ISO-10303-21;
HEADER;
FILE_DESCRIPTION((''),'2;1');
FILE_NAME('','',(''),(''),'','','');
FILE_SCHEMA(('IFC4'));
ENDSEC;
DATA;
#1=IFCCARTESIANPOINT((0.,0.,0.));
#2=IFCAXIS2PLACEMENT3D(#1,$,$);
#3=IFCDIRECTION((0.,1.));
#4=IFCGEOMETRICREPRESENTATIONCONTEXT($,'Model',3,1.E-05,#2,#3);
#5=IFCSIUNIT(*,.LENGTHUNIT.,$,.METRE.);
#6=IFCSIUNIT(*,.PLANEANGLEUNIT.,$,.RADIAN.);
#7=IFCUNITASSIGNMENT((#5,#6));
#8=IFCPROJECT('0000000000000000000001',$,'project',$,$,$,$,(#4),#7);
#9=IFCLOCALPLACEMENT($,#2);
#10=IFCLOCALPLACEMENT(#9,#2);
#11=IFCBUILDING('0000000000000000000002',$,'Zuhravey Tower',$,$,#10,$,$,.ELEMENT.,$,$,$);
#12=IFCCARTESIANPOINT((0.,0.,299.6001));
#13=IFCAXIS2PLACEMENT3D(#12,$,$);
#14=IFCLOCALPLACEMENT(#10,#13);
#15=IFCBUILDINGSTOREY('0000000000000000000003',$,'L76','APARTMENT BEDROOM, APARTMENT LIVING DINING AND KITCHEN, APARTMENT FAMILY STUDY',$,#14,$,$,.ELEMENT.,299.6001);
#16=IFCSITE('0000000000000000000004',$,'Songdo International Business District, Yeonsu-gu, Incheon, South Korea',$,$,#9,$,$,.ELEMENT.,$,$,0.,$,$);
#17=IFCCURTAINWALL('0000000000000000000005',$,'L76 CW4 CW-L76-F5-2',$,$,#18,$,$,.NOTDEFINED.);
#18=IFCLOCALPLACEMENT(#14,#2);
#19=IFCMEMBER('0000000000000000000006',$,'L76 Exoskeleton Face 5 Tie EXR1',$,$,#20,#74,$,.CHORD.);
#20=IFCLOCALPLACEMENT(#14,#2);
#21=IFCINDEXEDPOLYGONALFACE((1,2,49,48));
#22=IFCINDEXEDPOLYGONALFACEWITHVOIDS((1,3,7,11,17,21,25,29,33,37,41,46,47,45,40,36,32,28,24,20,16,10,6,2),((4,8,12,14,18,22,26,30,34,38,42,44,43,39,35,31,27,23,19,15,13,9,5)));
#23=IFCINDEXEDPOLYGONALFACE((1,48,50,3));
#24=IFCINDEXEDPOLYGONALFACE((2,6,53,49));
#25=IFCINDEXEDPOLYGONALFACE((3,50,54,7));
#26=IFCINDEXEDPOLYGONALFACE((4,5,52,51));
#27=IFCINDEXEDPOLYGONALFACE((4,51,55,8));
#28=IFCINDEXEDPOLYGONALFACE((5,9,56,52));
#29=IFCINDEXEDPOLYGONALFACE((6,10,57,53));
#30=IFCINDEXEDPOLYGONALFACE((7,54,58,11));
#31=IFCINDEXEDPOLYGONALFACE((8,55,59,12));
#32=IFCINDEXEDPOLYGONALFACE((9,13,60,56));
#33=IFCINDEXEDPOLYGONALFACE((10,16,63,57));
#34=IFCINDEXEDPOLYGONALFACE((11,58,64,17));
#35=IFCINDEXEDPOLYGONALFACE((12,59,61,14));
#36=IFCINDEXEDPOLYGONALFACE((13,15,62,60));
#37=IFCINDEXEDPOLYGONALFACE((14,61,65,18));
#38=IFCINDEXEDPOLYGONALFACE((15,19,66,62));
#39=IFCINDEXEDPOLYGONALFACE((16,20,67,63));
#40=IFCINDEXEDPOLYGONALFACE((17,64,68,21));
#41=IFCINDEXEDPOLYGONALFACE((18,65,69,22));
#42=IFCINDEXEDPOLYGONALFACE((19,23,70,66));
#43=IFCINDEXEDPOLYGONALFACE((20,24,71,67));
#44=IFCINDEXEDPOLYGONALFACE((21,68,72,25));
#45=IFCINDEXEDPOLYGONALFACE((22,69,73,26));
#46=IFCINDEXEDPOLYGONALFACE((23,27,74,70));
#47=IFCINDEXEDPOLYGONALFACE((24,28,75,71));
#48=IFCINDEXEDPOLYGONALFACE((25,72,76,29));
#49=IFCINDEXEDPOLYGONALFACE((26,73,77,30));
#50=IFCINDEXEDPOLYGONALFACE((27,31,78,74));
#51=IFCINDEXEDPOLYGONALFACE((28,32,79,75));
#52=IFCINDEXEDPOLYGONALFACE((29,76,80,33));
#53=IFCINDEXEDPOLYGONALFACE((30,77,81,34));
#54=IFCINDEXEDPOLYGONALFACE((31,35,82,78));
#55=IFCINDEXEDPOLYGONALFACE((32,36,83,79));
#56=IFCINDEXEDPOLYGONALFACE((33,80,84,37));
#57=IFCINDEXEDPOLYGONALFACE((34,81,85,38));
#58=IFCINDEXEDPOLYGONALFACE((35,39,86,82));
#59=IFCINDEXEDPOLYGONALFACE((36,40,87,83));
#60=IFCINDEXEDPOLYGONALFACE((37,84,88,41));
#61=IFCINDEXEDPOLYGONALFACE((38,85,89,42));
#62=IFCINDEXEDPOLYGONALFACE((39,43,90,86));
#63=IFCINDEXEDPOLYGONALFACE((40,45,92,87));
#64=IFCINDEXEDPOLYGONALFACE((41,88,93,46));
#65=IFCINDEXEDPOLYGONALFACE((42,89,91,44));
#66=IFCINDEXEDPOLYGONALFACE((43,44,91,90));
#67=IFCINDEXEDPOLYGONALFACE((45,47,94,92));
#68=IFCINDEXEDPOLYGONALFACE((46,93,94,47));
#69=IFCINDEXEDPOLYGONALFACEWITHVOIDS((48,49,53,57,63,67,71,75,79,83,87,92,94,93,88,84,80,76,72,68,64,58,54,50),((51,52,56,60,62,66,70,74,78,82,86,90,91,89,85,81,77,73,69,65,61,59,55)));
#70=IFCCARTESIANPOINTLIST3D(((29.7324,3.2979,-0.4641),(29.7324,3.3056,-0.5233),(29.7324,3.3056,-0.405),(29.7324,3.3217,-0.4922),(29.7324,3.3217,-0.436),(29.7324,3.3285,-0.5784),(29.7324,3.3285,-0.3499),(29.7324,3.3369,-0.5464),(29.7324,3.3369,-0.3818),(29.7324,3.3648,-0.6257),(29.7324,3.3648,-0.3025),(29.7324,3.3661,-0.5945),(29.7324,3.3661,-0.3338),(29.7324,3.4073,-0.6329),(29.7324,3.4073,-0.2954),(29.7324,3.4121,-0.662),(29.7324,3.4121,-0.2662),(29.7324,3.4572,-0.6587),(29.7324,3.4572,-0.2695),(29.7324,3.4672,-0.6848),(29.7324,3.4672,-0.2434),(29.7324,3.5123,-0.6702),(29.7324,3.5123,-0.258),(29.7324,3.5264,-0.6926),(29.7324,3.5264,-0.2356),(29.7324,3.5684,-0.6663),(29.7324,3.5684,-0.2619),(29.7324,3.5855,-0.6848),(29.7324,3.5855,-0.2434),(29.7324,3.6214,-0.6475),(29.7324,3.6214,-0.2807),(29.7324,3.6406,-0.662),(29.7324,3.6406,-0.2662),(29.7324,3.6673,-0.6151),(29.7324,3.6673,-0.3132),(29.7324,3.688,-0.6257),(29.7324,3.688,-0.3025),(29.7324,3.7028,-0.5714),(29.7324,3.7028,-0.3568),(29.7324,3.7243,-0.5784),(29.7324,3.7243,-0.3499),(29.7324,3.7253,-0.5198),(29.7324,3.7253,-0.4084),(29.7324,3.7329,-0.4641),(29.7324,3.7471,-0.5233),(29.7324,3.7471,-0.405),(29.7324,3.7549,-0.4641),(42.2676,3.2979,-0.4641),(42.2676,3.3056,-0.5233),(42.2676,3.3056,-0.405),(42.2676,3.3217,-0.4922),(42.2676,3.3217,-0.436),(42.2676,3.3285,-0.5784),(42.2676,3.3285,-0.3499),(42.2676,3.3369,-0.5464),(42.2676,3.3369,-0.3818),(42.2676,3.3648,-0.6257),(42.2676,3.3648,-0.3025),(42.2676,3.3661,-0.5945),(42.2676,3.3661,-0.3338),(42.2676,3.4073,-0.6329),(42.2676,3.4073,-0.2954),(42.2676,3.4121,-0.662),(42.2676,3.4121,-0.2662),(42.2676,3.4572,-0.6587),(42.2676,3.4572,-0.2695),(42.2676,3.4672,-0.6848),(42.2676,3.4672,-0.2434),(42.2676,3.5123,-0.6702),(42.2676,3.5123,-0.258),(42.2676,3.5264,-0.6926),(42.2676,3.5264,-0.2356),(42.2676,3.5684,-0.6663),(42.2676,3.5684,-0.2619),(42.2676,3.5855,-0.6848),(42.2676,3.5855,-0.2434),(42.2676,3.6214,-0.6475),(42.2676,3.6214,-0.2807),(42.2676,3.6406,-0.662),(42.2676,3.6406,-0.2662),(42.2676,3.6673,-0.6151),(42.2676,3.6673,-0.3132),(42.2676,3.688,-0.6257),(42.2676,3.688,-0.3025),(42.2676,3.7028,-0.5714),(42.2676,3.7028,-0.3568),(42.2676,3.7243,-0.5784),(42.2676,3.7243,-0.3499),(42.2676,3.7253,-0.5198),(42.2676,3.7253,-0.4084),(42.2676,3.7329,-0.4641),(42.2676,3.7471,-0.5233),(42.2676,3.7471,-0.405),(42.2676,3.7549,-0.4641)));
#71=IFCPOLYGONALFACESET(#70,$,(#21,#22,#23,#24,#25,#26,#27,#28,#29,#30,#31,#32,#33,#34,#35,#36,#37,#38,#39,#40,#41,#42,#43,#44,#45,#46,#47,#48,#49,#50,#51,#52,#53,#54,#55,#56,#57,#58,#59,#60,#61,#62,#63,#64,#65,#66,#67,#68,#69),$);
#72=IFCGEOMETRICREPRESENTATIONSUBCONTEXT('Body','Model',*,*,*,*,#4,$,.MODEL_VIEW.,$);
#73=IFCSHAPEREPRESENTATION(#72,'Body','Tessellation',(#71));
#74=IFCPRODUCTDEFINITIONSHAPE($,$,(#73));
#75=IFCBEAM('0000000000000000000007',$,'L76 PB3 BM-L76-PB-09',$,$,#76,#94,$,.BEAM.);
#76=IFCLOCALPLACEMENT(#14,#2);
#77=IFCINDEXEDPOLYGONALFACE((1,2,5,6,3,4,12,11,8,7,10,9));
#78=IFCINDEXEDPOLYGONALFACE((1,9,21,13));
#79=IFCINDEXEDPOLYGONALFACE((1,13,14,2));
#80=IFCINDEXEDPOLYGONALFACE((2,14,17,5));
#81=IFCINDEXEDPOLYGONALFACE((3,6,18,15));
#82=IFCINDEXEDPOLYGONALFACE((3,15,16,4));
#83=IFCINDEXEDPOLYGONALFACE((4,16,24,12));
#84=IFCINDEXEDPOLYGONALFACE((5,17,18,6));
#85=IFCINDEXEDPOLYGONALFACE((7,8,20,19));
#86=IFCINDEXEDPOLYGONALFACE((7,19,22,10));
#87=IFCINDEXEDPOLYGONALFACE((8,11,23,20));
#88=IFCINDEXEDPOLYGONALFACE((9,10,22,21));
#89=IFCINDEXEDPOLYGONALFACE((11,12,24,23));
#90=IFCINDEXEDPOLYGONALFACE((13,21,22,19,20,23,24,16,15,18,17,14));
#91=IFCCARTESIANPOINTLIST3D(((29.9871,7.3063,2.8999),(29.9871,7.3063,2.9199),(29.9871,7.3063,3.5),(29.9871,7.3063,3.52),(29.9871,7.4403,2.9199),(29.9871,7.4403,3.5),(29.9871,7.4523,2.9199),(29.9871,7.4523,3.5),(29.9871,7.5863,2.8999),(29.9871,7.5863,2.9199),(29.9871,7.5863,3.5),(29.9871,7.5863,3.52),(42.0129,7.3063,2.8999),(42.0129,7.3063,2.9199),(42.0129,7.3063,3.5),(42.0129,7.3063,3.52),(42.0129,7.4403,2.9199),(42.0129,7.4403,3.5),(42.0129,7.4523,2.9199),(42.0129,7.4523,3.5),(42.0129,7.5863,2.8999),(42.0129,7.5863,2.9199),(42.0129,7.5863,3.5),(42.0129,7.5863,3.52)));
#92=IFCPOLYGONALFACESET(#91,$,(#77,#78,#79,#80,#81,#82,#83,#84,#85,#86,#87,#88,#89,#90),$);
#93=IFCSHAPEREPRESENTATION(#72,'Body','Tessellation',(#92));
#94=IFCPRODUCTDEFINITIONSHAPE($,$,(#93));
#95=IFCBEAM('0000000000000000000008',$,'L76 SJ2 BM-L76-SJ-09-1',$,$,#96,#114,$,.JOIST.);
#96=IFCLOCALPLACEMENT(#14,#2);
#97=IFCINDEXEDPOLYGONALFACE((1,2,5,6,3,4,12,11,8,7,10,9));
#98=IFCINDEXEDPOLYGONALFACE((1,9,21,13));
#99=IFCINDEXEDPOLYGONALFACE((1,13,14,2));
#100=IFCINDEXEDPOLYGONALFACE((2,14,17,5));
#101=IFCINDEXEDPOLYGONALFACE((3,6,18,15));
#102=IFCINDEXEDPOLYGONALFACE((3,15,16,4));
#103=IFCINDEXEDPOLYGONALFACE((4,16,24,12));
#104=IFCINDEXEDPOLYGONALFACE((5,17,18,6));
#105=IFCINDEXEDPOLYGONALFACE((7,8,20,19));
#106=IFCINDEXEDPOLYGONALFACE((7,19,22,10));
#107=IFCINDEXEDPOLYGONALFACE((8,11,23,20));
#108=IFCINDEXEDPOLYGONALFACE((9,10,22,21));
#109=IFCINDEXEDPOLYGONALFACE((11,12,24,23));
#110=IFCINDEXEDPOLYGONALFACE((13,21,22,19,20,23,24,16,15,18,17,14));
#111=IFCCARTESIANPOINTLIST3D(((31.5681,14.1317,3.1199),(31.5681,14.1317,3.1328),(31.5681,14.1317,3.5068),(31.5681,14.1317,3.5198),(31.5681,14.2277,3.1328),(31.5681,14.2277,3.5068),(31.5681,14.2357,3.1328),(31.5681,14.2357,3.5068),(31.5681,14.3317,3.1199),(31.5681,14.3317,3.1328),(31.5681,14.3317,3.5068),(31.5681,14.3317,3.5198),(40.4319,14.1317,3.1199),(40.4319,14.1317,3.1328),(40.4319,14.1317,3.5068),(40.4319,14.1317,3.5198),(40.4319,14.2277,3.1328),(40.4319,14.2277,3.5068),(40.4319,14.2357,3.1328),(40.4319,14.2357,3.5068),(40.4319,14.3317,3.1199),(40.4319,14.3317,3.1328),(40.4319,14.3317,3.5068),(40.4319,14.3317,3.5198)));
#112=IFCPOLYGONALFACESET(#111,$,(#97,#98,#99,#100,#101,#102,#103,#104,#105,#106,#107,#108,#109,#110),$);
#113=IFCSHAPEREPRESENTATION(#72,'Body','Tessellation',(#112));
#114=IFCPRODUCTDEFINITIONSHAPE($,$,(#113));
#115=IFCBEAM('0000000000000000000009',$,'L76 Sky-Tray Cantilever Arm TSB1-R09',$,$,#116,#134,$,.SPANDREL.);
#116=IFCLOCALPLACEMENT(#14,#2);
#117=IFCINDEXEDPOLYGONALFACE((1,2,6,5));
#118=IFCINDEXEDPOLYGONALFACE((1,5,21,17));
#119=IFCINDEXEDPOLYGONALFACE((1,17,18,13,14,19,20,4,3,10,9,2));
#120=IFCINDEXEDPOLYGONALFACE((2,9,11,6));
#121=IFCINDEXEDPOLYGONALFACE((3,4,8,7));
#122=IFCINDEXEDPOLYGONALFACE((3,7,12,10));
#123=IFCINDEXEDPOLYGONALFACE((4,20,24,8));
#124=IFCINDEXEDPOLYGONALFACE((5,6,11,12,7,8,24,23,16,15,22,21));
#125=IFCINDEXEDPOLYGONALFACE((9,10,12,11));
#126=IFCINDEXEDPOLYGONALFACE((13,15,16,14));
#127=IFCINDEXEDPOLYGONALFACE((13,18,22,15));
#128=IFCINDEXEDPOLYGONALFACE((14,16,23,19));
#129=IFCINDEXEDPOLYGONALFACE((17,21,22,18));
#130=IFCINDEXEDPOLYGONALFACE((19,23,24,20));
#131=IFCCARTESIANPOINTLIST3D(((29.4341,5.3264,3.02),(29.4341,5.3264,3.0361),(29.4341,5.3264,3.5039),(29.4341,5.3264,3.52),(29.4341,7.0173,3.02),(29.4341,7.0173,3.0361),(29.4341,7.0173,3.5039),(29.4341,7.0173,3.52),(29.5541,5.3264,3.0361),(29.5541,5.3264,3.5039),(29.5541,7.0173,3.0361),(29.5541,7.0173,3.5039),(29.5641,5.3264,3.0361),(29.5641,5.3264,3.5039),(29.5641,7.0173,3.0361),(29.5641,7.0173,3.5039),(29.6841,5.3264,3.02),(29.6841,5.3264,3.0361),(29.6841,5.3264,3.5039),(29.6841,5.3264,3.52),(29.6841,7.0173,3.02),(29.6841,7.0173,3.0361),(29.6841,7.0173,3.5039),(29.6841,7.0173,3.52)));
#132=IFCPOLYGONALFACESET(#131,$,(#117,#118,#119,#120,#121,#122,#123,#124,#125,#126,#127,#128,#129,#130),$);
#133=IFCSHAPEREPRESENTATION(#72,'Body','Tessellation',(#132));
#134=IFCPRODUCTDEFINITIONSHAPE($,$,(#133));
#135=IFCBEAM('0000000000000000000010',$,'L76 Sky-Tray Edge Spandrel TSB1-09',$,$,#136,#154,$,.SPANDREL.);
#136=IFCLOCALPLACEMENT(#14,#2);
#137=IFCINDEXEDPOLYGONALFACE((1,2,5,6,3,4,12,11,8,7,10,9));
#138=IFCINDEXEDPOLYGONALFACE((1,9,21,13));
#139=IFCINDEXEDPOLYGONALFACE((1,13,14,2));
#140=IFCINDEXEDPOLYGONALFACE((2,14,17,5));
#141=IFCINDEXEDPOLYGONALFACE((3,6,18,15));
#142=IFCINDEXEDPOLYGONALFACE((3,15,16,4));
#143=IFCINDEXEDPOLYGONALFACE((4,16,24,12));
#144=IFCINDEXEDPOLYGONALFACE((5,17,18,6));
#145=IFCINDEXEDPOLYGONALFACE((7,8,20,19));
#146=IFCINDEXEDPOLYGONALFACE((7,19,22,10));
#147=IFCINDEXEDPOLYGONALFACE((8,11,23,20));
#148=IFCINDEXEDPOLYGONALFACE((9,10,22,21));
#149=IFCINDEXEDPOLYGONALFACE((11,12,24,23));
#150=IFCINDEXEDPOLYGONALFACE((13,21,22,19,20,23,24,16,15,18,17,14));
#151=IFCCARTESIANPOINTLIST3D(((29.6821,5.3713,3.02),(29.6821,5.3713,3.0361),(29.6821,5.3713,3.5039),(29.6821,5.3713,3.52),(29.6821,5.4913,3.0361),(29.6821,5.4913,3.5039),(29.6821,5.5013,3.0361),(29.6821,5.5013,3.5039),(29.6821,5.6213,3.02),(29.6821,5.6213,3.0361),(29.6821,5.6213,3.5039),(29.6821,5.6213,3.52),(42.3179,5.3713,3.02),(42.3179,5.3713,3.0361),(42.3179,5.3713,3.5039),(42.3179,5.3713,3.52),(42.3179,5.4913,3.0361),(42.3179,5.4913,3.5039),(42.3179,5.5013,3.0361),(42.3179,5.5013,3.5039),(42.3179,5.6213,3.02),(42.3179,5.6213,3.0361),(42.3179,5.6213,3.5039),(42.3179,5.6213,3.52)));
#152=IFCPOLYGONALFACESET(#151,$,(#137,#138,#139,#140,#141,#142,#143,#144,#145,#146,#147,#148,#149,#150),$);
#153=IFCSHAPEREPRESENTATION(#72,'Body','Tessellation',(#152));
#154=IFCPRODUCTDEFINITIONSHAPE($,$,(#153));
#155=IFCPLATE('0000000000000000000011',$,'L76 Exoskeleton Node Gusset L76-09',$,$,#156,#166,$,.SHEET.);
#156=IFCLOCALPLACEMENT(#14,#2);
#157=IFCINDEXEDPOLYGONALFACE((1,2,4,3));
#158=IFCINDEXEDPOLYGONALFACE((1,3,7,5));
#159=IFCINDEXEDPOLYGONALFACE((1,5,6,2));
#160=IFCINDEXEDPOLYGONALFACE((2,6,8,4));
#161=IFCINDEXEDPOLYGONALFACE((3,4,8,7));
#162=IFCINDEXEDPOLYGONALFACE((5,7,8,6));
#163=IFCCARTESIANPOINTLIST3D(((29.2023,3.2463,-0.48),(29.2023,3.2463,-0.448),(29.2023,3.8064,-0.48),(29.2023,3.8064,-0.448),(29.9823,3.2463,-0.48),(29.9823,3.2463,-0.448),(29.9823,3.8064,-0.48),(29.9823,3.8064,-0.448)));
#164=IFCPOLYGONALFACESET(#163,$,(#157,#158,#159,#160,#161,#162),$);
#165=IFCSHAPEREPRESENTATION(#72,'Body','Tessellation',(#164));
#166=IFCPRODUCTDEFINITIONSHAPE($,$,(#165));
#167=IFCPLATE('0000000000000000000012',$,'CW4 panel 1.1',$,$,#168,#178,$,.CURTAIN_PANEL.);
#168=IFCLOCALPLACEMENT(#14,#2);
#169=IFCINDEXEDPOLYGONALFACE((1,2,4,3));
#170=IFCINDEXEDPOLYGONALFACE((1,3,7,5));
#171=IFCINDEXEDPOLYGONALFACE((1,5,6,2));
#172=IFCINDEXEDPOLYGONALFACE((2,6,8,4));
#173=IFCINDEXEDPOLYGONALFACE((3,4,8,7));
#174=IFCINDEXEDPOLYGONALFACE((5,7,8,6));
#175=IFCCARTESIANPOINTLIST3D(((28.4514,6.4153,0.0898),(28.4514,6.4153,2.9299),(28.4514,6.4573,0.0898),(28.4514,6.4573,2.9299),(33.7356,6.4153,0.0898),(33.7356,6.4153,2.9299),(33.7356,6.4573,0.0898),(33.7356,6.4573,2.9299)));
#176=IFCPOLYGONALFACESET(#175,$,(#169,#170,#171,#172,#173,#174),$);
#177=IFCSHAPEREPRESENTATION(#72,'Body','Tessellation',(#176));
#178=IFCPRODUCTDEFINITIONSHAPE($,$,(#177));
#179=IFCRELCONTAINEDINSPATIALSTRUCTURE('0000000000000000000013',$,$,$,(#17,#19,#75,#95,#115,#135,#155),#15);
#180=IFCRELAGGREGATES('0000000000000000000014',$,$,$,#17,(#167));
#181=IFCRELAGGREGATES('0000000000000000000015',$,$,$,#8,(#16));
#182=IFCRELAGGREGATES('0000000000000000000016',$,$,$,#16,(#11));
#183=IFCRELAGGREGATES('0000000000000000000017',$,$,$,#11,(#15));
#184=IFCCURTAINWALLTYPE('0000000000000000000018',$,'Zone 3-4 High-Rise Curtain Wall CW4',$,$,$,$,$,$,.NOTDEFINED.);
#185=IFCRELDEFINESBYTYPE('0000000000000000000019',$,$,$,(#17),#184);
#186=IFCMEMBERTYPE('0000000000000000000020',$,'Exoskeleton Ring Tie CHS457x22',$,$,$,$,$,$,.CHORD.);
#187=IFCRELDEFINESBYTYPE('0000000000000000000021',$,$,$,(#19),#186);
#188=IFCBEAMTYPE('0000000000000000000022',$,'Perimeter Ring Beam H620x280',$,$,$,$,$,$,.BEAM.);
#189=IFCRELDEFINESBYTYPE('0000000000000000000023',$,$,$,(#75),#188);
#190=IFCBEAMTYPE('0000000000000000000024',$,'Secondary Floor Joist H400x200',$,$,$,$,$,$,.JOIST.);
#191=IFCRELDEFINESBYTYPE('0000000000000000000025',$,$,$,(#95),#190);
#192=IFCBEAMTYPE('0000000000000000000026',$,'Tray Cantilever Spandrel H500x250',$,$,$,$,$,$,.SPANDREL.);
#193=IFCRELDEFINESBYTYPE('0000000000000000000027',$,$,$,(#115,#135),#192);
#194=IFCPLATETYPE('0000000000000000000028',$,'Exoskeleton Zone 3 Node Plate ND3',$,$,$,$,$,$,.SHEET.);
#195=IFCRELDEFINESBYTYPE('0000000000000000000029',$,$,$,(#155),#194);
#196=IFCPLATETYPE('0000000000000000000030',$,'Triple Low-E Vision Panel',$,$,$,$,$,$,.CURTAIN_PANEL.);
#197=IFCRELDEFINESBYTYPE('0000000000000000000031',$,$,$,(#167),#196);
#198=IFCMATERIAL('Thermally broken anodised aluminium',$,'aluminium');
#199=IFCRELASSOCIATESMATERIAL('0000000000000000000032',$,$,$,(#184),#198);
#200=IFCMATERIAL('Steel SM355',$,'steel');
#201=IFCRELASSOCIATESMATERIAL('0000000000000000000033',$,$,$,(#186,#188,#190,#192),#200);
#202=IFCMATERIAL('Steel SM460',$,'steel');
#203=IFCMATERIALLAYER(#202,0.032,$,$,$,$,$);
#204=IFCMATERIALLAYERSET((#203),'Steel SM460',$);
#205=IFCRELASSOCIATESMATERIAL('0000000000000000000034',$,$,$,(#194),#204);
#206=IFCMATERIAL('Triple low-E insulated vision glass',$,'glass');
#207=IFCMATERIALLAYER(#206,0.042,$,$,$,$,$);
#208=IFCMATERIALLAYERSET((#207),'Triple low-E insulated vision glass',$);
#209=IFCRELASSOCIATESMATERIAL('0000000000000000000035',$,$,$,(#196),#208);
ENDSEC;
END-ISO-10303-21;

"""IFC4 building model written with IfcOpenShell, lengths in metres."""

from ifc_helpers import new_model, si_unit, direction, frame, origin, origin_2d, place, context, subcontext, project, spatial, rectangle, hollow_circle, i_section, extrude, material, layer, layer_set, material_profile, profile_set, type_object, element, aggregate, save


model = new_model("IFC4")

# Units and contexts
model_context = context("Model", 3, precision=1e-05, world=origin(), true_north=direction((0.0, 1.0)))
body_context = subcontext(model_context, "Body", "Model", "MODEL_VIEW")
ifc_project = project(units=[si_unit("LENGTHUNIT", "METRE"), si_unit("PLANEANGLEUNIT", "RADIAN")], contexts=[model_context])

# Site, building, storey
site_placement = place(None, origin())
site = spatial("IfcSite", under=ifc_project, at=site_placement, Name="Songdo International Business District, Yeonsu-gu, Incheon, South Korea", CompositionType="ELEMENT", RefElevation=0.0)
building_placement = place(site_placement, origin())
building = spatial("IfcBuilding", under=site, at=building_placement, Name="Zuhravey Tower", CompositionType="ELEMENT")
storey_placement = place(building_placement, frame((0.0, 0.0, 299.6001)))
storey = spatial("IfcBuildingStorey", under=building, at=storey_placement, Name="L76", Description="APARTMENT BEDROOM, APARTMENT LIVING DINING AND KITCHEN, APARTMENT FAMILY STUDY", CompositionType="ELEMENT", Elevation=299.6001)

# Curtain wall
ifc_material_1 = material(Name="Thermally broken anodised aluminium", Category="aluminium")
curtain_wall_type = type_object("IfcCurtainWallType", Name="Zone 3-4 High-Rise Curtain Wall CW4", PredefinedType="NOTDEFINED", material=ifc_material_1)
curtain_wall_placement = place(storey_placement, origin())
curtain_wall = element("IfcCurtainWall", 1, at=curtain_wall_placement, inside=storey, type_object=curtain_wall_type, Name="L76 CW4 CW-L76-F5-2", PredefinedType="NOTDEFINED")

# Shared definitions
ifc_material_2 = material(Name="Steel SM460", Category="steel")

# Member
ifc_material_3 = material(Name="Steel SM355", Category="steel")
ifc_material_profile_1 = material_profile(ifc_material_3, hollow_circle(Radius=0.2285, WallThickness=0.022, at=origin_2d()), Name="CHS-457.2x22")
ifc_profile_set_1 = profile_set([ifc_material_profile_1], Name="Steel SM355")
member_type_1 = type_object("IfcMemberType", Name="Exoskeleton Ring Tie CHS457x22", PredefinedType="CHORD", material=ifc_profile_set_1)
member_1_placement = place(storey_placement, frame((29.7324, 3.5264, -0.4641), z_axis=(1.0, 0.0, 0.0), x_axis=(0.0, 1.0, 0.0)))
element("IfcMember", 2, at=member_1_placement, inside=storey, type_object=member_type_1, Name="L76 Exoskeleton Face 5 Tie EXR1", PredefinedType="CHORD", context=body_context, shape_type="SweptSolid", body=[
    extrude(hollow_circle(Radius=0.2285, WallThickness=0.022, at=origin_2d()), origin(), (0.0, 0.0, 1.0), 12.5352),
])

# Beams
ifc_material_profile_2 = material_profile(ifc_material_3, i_section(OverallWidth=0.28, OverallDepth=0.6201, WebThickness=0.012, FlangeThickness=0.02, at=origin_2d()), Name="H-620x280x12x20")
ifc_profile_set_2 = profile_set([ifc_material_profile_2], Name="Steel SM355")
beam_type_1 = type_object("IfcBeamType", Name="Perimeter Ring Beam H620x280", PredefinedType="BEAM", material=ifc_profile_set_2)
beam_1_placement = place(storey_placement, frame((29.9871, 7.4463, 3.21), z_axis=(1.0, 0.0, 0.0), x_axis=(0.0, 1.0, 0.0)))
element("IfcBeam", 3, at=beam_1_placement, inside=storey, type_object=beam_type_1, Name="L76 PB3 BM-L76-PB-09", PredefinedType="BEAM", context=body_context, shape_type="SweptSolid", body=[
    extrude(i_section(OverallWidth=0.28, OverallDepth=0.6201, WebThickness=0.012, FlangeThickness=0.02, at=origin_2d()), origin(), (0.0, 0.0, 1.0), 12.0259),
])
ifc_material_profile_3 = material_profile(ifc_material_3, i_section(OverallWidth=0.2, OverallDepth=0.3999, WebThickness=0.0081, FlangeThickness=0.0129, at=origin_2d()), Name="H-400x200x8x13")
ifc_profile_set_3 = profile_set([ifc_material_profile_3], Name="Steel SM355")
beam_type_2 = type_object("IfcBeamType", Name="Secondary Floor Joist H400x200", PredefinedType="JOIST", material=ifc_profile_set_3)
beam_2_placement = place(storey_placement, frame((31.5681, 14.2317, 3.3198), z_axis=(1.0, 0.0, 0.0), x_axis=(0.0, 1.0, 0.0)))
element("IfcBeam", 4, at=beam_2_placement, inside=storey, type_object=beam_type_2, Name="L76 SJ2 BM-L76-SJ-09-1", PredefinedType="JOIST", context=body_context, shape_type="SweptSolid", body=[
    extrude(i_section(OverallWidth=0.2, OverallDepth=0.3999, WebThickness=0.0081, FlangeThickness=0.0129, at=origin_2d()), origin(), (0.0, 0.0, 1.0), 8.8638),
])
ifc_material_profile_4 = material_profile(ifc_material_3, i_section(OverallWidth=0.25, OverallDepth=0.5, WebThickness=0.01, FlangeThickness=0.0161, at=origin_2d()), Name="H-500x250x10x16")
ifc_profile_set_4 = profile_set([ifc_material_profile_4], Name="Steel SM355")
beam_type_3 = type_object("IfcBeamType", Name="Tray Cantilever Spandrel H500x250", PredefinedType="SPANDREL", material=ifc_profile_set_4)
beam_3_placement = place(storey_placement, frame((29.5591, 7.0173, 3.27), z_axis=(0.0, -1.0, 0.0), x_axis=(1.0, 0.0, 0.0)))
element("IfcBeam", 5, at=beam_3_placement, inside=storey, type_object=beam_type_3, Name="L76 Sky-Tray Cantilever Arm TSB1-R09", PredefinedType="SPANDREL", context=body_context, shape_type="SweptSolid", body=[
    extrude(i_section(OverallWidth=0.25, OverallDepth=0.5, WebThickness=0.01, FlangeThickness=0.0161, at=origin_2d()), origin(), (0.0, 0.0, 1.0), 1.6909),
])
beam_4_placement = place(storey_placement, frame((29.6821, 5.4963, 3.27), z_axis=(1.0, 0.0, 0.0), x_axis=(0.0, 1.0, 0.0)))
element("IfcBeam", 6, at=beam_4_placement, inside=storey, type_object=beam_type_3, Name="L76 Sky-Tray Edge Spandrel TSB1-09", PredefinedType="SPANDREL", context=body_context, shape_type="SweptSolid", body=[
    extrude(i_section(OverallWidth=0.25, OverallDepth=0.5, WebThickness=0.01, FlangeThickness=0.0161, at=origin_2d()), origin(), (0.0, 0.0, 1.0), 12.6357),
])

# Plates
ifc_layer_1 = layer(ifc_material_2, 0.032)
ifc_layer_set_1 = layer_set([ifc_layer_1], Name="Steel SM460")
plate_type_1 = type_object("IfcPlateType", Name="Exoskeleton Zone 3 Node Plate ND3", PredefinedType="SHEET", material=ifc_layer_set_1)
plate_1_placement = place(storey_placement, frame((29.5923, 3.5264, -0.48), z_axis=(0.0, 0.0, 1.0), x_axis=(1.0, 0.0, 0.0)))
element("IfcPlate", 7, at=plate_1_placement, inside=storey, type_object=plate_type_1, Name="L76 Exoskeleton Node Gusset L76-09", PredefinedType="SHEET", context=body_context, shape_type="SweptSolid", body=[
    extrude(rectangle(XDim=0.78, YDim=0.5601, at=origin_2d()), origin(), (0.0, 0.0, 1.0), 0.032),
])
ifc_material_4 = material(Name="Triple low-E insulated vision glass", Category="glass")
ifc_layer_2 = layer(ifc_material_4, 0.042)
ifc_layer_set_2 = layer_set([ifc_layer_2], Name="Triple low-E insulated vision glass")
plate_type_2 = type_object("IfcPlateType", Name="Triple Low-E Vision Panel", PredefinedType="CURTAIN_PANEL", material=ifc_layer_set_2)
plate_2_placement = place(storey_placement, frame((31.0935, 6.4363, 0.0898), z_axis=(0.0, 0.0, 1.0), x_axis=(-1.0, 0.0, 0.0)))
plate_2 = element("IfcPlate", 8, at=plate_2_placement, type_object=plate_type_2, Name="CW4 panel 1.1", PredefinedType="CURTAIN_PANEL", context=body_context, shape_type="SweptSolid", body=[
    extrude(rectangle(XDim=5.2842, YDim=0.042, at=origin_2d()), origin(), (0.0, 0.0, 1.0), 2.8401),
])
aggregate(curtain_wall, [plate_2])

save(model, "model.ifc")
